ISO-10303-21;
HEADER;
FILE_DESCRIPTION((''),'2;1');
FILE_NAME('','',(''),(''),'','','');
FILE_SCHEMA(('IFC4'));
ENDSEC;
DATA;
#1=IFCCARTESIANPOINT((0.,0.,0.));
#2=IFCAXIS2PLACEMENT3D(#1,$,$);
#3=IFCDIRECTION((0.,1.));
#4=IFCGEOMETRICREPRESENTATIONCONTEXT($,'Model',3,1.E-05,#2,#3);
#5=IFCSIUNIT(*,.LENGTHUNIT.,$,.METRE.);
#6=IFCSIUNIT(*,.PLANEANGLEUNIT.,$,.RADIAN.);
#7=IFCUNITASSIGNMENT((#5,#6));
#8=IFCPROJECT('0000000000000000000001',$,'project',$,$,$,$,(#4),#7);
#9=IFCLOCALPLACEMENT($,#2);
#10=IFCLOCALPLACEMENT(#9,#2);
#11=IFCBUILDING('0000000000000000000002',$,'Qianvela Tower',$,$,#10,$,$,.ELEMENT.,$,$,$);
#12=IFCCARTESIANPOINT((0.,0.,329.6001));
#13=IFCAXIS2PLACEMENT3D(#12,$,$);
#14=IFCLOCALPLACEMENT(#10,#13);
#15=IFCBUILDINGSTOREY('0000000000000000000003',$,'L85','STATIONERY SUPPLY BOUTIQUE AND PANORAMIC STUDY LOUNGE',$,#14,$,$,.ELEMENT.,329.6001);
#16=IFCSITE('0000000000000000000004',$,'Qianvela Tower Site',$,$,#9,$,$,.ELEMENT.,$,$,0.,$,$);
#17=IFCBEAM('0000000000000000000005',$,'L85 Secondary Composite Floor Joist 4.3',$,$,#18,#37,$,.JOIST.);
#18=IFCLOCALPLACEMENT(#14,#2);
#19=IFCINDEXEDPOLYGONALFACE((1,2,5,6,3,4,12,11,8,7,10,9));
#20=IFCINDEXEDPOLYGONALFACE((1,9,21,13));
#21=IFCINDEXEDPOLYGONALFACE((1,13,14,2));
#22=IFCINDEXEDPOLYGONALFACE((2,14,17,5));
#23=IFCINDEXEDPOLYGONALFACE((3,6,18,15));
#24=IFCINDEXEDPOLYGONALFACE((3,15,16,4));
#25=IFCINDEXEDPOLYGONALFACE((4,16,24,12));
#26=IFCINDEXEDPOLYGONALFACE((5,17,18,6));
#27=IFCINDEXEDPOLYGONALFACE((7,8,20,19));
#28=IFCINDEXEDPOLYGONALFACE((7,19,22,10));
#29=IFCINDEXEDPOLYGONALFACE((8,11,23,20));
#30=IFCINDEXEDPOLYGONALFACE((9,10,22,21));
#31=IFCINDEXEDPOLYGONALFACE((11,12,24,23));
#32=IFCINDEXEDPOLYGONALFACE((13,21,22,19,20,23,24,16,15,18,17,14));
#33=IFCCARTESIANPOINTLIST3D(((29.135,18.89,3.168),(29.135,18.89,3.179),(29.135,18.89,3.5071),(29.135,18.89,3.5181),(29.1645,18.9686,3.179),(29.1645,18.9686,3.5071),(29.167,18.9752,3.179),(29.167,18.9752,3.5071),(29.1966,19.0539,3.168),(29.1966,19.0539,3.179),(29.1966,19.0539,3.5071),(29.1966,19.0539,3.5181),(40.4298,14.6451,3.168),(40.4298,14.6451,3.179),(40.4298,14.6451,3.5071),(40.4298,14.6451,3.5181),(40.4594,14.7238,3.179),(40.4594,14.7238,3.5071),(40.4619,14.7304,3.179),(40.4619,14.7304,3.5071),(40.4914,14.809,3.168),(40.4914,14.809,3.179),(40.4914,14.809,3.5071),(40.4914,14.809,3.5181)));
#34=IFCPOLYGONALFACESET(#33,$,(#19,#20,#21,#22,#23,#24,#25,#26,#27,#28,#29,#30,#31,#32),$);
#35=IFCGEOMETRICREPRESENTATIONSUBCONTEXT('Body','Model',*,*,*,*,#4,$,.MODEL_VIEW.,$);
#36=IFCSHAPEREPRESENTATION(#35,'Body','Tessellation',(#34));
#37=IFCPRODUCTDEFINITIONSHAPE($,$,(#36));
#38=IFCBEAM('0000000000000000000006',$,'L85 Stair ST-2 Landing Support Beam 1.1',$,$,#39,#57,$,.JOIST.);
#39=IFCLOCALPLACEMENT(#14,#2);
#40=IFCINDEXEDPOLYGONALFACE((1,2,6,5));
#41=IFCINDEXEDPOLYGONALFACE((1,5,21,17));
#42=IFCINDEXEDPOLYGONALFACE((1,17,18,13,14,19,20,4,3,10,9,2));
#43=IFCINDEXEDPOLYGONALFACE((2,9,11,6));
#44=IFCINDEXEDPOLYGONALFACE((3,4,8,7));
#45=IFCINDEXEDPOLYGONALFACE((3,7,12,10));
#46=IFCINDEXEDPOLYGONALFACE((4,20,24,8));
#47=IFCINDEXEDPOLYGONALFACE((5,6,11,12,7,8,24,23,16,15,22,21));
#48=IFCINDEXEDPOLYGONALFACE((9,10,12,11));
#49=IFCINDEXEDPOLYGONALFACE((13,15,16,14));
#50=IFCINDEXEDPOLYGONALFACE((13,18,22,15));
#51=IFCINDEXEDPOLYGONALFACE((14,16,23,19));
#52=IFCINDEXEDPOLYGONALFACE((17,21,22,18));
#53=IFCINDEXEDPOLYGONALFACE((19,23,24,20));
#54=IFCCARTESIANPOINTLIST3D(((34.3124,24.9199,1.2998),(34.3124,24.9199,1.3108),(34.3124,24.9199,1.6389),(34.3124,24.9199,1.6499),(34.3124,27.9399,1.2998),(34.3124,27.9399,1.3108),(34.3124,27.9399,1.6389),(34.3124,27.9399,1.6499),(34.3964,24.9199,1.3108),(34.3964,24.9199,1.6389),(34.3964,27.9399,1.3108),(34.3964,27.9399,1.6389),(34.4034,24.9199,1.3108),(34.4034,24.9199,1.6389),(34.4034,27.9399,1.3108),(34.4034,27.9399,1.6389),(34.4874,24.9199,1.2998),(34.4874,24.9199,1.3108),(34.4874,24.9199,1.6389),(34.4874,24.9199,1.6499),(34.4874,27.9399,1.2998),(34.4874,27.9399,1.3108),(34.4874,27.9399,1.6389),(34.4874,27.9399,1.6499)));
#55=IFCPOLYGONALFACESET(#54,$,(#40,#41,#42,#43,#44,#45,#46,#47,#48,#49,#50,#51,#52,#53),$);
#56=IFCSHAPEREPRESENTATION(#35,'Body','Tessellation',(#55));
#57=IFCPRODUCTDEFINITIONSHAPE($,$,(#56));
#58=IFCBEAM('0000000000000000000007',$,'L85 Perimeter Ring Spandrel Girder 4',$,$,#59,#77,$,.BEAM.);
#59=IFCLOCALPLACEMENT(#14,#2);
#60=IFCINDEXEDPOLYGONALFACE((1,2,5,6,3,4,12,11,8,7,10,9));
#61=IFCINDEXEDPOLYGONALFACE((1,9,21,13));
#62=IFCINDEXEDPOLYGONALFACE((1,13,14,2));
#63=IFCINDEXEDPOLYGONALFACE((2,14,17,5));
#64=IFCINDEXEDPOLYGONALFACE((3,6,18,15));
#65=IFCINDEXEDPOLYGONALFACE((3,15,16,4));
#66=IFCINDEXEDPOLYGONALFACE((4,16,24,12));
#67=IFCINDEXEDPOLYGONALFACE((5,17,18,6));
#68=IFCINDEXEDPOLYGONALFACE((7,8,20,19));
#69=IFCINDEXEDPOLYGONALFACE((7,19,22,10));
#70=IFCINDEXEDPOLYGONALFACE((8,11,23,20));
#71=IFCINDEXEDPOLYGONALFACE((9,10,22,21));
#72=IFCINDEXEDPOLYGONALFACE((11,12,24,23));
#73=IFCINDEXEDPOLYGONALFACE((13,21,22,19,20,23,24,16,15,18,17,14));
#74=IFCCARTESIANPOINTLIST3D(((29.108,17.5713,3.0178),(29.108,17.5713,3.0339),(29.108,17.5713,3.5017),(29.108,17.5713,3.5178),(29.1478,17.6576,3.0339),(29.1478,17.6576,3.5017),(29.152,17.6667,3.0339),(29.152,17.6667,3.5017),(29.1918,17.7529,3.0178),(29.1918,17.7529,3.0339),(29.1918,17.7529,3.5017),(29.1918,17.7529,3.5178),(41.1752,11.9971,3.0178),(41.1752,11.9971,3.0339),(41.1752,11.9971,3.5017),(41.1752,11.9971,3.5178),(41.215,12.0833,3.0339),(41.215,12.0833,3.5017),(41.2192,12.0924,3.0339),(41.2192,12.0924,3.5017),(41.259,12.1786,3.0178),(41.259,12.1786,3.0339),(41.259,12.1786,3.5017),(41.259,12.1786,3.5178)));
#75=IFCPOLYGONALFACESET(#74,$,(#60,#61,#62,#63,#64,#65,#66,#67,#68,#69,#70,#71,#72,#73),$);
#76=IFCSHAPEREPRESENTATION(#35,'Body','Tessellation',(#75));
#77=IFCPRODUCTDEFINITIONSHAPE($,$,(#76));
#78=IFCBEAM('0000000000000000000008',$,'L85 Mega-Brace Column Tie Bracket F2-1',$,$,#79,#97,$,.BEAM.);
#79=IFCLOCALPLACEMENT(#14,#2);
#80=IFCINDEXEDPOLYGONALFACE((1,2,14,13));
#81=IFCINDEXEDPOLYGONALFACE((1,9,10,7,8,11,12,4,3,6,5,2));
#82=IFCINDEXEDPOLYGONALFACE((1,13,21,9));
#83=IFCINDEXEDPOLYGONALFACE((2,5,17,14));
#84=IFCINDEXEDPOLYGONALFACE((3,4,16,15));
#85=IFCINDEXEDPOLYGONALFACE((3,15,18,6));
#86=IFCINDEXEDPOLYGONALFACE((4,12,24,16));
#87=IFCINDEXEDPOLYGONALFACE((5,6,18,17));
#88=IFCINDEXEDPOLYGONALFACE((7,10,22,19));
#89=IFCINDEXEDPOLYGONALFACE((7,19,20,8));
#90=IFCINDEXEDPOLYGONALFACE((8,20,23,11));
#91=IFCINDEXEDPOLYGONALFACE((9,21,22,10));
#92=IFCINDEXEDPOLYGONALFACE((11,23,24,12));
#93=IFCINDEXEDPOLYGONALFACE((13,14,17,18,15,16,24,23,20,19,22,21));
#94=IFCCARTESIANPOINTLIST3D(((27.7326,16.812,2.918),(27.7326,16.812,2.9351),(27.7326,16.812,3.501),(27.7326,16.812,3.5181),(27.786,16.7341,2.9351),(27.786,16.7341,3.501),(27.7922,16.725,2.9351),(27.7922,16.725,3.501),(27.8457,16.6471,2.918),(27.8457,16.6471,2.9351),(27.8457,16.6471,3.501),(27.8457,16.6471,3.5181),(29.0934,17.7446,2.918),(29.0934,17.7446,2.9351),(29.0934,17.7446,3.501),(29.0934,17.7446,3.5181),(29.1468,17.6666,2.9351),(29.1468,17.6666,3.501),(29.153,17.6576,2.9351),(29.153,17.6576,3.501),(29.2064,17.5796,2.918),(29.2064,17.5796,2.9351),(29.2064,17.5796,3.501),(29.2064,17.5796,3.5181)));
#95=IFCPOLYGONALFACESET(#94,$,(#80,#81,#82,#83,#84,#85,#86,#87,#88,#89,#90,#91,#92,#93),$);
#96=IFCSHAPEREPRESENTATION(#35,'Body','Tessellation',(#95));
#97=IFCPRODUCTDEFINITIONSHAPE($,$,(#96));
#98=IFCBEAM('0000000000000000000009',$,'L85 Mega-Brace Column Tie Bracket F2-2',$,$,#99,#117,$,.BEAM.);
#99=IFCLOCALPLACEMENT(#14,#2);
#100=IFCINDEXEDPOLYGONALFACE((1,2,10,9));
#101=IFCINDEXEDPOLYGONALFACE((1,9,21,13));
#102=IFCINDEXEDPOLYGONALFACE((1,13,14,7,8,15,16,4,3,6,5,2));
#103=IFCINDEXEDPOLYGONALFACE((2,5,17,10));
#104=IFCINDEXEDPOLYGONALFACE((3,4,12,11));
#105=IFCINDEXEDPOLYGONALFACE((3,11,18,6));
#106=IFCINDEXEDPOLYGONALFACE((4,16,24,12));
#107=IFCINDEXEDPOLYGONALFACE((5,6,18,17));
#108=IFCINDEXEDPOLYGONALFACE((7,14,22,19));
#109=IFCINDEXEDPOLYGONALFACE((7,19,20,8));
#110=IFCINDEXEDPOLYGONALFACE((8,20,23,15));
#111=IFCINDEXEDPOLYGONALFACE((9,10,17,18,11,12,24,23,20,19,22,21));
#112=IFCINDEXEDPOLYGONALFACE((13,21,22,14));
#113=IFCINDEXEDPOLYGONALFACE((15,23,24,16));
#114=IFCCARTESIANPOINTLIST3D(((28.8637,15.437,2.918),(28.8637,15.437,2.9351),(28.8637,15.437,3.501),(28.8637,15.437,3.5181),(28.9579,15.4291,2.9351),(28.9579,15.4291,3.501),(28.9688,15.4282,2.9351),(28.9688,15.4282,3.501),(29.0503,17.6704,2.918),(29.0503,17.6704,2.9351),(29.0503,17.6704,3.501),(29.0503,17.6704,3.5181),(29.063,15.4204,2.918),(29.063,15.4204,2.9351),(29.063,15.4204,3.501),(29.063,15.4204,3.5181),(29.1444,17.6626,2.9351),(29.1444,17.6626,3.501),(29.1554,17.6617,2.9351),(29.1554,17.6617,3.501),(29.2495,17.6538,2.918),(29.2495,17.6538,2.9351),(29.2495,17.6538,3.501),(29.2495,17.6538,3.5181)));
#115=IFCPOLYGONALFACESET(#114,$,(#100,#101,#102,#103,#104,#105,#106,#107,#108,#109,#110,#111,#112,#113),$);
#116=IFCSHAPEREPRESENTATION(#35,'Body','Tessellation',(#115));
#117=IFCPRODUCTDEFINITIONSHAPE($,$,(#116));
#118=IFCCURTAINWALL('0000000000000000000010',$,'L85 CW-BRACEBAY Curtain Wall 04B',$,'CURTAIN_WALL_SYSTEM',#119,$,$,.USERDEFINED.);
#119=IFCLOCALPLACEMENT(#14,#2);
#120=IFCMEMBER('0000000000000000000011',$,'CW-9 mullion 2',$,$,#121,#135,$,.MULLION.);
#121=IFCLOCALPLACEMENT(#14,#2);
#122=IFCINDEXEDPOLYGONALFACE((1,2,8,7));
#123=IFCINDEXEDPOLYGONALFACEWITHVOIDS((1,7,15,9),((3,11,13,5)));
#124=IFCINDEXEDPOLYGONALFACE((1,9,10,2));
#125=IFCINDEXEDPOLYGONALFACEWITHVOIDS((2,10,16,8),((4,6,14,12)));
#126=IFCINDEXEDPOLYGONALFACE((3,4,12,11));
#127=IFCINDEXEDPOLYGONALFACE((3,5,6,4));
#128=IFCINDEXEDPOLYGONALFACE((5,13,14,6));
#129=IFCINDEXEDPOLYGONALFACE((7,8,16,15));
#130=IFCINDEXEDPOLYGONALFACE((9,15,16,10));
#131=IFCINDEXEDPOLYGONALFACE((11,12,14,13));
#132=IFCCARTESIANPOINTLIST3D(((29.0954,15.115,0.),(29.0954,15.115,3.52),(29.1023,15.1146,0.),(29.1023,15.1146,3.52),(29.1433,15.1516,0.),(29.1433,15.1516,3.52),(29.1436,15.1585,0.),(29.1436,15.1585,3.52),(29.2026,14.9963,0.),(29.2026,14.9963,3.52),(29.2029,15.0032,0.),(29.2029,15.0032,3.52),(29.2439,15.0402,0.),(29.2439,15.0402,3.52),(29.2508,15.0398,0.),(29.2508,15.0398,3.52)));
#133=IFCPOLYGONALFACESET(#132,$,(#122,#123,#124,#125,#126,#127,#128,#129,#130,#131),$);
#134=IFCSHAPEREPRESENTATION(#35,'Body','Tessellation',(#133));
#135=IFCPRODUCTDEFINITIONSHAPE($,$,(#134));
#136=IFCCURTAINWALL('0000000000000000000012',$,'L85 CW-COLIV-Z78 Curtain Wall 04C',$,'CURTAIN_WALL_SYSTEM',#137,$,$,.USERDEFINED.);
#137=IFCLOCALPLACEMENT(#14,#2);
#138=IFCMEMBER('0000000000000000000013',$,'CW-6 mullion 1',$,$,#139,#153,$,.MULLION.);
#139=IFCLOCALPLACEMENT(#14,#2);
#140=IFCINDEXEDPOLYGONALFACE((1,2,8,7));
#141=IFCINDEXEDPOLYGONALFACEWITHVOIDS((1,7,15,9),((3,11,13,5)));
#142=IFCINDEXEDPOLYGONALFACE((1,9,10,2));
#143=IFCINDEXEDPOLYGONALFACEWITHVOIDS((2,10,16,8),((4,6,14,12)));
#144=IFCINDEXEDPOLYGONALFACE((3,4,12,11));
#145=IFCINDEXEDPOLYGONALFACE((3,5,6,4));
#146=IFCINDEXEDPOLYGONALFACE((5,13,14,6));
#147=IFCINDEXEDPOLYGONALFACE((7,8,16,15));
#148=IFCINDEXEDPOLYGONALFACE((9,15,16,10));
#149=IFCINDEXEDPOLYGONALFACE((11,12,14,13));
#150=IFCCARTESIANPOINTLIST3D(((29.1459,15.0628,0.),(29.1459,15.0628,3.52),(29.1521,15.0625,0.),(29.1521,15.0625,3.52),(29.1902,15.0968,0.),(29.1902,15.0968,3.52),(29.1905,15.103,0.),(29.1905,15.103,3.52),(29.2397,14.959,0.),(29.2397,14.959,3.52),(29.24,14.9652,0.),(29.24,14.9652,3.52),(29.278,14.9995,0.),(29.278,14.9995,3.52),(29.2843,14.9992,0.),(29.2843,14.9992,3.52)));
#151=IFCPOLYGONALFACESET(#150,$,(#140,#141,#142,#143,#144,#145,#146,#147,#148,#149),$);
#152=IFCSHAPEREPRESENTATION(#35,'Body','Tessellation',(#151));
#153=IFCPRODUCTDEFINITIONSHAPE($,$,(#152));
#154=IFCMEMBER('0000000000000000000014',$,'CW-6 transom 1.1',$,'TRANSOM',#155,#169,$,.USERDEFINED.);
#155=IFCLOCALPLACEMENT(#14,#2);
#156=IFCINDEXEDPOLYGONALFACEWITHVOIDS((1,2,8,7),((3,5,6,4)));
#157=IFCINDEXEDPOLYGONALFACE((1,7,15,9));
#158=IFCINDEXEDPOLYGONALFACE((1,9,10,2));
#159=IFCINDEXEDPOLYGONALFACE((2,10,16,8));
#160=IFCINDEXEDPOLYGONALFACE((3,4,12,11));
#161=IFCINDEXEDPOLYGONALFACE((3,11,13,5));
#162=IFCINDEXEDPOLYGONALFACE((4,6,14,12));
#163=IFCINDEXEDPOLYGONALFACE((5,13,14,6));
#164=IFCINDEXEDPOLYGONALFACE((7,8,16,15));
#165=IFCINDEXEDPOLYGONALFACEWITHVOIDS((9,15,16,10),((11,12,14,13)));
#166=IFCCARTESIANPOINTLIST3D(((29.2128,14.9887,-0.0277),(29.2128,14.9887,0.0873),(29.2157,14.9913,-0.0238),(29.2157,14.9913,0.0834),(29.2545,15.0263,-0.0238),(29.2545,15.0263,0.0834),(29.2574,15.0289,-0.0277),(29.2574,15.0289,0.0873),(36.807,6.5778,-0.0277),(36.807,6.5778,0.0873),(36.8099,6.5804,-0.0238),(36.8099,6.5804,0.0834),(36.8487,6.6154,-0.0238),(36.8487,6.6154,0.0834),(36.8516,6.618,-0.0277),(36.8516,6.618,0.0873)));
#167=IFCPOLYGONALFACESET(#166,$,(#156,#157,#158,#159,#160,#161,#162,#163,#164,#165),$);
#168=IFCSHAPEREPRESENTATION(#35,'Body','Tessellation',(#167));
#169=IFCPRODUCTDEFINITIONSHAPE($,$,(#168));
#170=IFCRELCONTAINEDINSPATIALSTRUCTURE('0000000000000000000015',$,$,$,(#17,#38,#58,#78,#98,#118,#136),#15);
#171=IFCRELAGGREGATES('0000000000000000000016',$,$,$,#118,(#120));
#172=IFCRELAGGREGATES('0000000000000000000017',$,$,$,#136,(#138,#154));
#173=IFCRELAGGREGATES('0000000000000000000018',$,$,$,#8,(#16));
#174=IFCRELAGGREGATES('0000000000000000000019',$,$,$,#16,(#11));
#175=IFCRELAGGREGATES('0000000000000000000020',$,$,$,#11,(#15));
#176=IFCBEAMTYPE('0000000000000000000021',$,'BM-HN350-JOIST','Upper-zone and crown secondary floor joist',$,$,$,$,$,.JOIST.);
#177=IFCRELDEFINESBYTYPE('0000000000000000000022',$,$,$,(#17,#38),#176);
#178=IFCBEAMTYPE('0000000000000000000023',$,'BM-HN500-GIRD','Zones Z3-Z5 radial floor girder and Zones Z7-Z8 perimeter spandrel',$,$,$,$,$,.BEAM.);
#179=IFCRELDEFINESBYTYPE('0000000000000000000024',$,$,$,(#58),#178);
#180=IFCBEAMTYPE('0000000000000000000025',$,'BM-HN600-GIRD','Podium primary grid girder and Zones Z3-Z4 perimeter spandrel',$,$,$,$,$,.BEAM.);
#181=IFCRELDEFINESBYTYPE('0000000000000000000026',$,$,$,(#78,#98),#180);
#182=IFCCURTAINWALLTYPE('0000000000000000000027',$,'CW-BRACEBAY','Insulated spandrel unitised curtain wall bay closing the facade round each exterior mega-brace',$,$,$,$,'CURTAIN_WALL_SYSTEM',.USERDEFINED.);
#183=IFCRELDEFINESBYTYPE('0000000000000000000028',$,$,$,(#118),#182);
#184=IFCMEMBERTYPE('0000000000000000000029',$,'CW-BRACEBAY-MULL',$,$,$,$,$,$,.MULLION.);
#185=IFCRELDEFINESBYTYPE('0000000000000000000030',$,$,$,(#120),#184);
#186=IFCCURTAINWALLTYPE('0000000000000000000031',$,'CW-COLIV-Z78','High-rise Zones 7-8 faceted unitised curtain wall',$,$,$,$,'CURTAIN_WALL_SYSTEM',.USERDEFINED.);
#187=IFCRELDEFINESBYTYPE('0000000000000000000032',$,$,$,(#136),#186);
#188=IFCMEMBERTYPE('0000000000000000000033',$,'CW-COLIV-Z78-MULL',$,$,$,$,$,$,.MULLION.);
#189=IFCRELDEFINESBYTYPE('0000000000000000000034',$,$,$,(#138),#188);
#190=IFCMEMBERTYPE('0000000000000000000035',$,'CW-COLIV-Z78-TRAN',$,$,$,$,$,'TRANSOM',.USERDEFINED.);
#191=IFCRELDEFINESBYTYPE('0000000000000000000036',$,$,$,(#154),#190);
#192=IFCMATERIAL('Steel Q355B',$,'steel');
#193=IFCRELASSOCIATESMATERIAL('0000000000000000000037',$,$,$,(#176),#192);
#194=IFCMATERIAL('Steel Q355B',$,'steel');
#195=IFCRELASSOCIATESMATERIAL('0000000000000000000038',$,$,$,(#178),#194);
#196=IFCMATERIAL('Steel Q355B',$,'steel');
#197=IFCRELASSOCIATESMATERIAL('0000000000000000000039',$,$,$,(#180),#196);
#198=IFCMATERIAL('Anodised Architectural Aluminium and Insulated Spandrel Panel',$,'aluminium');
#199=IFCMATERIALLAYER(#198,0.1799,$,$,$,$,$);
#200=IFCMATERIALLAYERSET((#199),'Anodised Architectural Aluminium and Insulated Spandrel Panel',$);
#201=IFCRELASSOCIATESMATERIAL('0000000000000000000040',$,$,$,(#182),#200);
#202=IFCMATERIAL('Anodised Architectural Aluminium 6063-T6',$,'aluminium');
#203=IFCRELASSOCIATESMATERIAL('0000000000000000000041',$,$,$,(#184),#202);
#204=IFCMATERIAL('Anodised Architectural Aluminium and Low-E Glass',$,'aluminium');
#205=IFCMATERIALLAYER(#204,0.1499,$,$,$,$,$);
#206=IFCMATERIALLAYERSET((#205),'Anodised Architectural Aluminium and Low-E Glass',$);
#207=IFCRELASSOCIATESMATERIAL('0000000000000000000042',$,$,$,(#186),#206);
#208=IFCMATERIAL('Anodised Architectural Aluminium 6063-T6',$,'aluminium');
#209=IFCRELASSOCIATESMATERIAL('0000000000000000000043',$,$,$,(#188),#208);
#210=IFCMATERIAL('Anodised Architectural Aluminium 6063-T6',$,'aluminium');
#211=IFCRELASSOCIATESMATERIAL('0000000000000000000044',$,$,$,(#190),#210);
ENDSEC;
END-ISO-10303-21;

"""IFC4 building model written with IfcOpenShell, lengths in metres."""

from ifc_helpers import new_model, si_unit, direction, frame, origin, origin_2d, place, context, subcontext, project, spatial, hollow_rectangle, i_section, extrude, material, layer, layer_set, material_profile, profile_set, type_object, element, aggregate, save


model = new_model("IFC4")

# Units and contexts
model_context = context("Model", 3, precision=1e-05, world=origin(), true_north=direction((0.0, 1.0)))
body_context = subcontext(model_context, "Body", "Model", "MODEL_VIEW")
ifc_project = project(units=[si_unit("LENGTHUNIT", "METRE"), si_unit("PLANEANGLEUNIT", "RADIAN")], contexts=[model_context])

# Site, building, storey
site_placement = place(None, origin())
site = spatial("IfcSite", under=ifc_project, at=site_placement, Name="Qianvela Tower Site", CompositionType="ELEMENT", RefElevation=0.0)
building_placement = place(site_placement, origin())
building = spatial("IfcBuilding", under=site, at=building_placement, Name="Qianvela Tower", CompositionType="ELEMENT")
storey_placement = place(building_placement, frame((0.0, 0.0, 329.6001)))
storey = spatial("IfcBuildingStorey", under=building, at=storey_placement, Name="L85", Description="STATIONERY SUPPLY BOUTIQUE AND PANORAMIC STUDY LOUNGE", CompositionType="ELEMENT", Elevation=329.6001)

# Beams
ifc_material_1 = material(Name="Steel Q355B", Category="steel")
ifc_material_profile_1 = material_profile(ifc_material_1, i_section(OverallWidth=0.175, OverallDepth=0.3501, WebThickness=0.0071, FlangeThickness=0.011, at=origin_2d()), Name="HN350x175x7x11")
ifc_profile_set_1 = profile_set([ifc_material_profile_1], Name="Steel Q355B")
beam_type_1 = type_object("IfcBeamType", Name="BM-HN350-JOIST", Description="Upper-zone and crown secondary floor joist", PredefinedType="JOIST", material=ifc_profile_set_1)
beam_1_placement = place(storey_placement, frame((29.1658, 18.9719, 3.343), z_axis=(0.936076, -0.351797, 0.0), x_axis=(0.351797, 0.936076, 0.0)))
element("IfcBeam", 1, at=beam_1_placement, inside=storey, type_object=beam_type_1, Name="L85 Secondary Composite Floor Joist 4.3", PredefinedType="JOIST", context=body_context, shape_type="SweptSolid", body=[
    extrude(i_section(OverallWidth=0.175, OverallDepth=0.3501, WebThickness=0.0071, FlangeThickness=0.011, at=origin_2d()), origin(), (0.0, 0.0, 1.0), 12.0662),
])
beam_2_placement = place(storey_placement, frame((34.3999, 24.9199, 1.4749), z_axis=(0.0, 1.0, 0.0), x_axis=(-1.0, 0.0, 0.0)))
element("IfcBeam", 2, at=beam_2_placement, inside=storey, type_object=beam_type_1, Name="L85 Stair ST-2 Landing Support Beam 1.1", PredefinedType="JOIST", context=body_context, shape_type="SweptSolid", body=[
    extrude(i_section(OverallWidth=0.175, OverallDepth=0.3501, WebThickness=0.0071, FlangeThickness=0.011, at=origin_2d()), origin(), (0.0, 0.0, 1.0), 3.02),
])
ifc_material_2 = material(Name="Steel Q355B", Category="steel")
ifc_material_profile_2 = material_profile(ifc_material_2, i_section(OverallWidth=0.2, OverallDepth=0.5, WebThickness=0.01, FlangeThickness=0.0161, at=origin_2d()), Name="HN500x200x10x16")
ifc_profile_set_2 = profile_set([ifc_material_profile_2], Name="Steel Q355B")
beam_type_2 = type_object("IfcBeamType", Name="BM-HN500-GIRD", Description="Zones Z3-Z5 radial floor girder and Zones Z7-Z8 perimeter spandrel", PredefinedType="BEAM", material=ifc_profile_set_2)
beam_3_placement = place(storey_placement, frame((29.1499, 17.6621, 3.2678), z_axis=(0.907823, -0.419354, 0.0), x_axis=(0.419354, 0.907823, 0.0)))
element("IfcBeam", 3, at=beam_3_placement, inside=storey, type_object=beam_type_2, Name="L85 Perimeter Ring Spandrel Girder 4", PredefinedType="BEAM", context=body_context, shape_type="SweptSolid", body=[
    extrude(i_section(OverallWidth=0.2, OverallDepth=0.5, WebThickness=0.01, FlangeThickness=0.0161, at=origin_2d()), origin(), (0.0, 0.0, 1.0), 13.2925),
])
ifc_material_3 = material(Name="Steel Q355B", Category="steel")
ifc_material_profile_3 = material_profile(ifc_material_3, i_section(OverallWidth=0.2, OverallDepth=0.6001, WebThickness=0.011, FlangeThickness=0.0171, at=origin_2d()), Name="HN600x200x11x17")
ifc_profile_set_3 = profile_set([ifc_material_profile_3], Name="Steel Q355B")
beam_type_3 = type_object("IfcBeamType", Name="BM-HN600-GIRD", Description="Podium primary grid girder and Zones Z3-Z4 perimeter spandrel", PredefinedType="BEAM", material=ifc_profile_set_3)
beam_4_placement = place(storey_placement, frame((29.1499, 17.6621, 3.218), z_axis=(-0.824879, -0.56531, 0.0), x_axis=(0.56531, -0.824879, 0.0)))
element("IfcBeam", 4, at=beam_4_placement, inside=storey, type_object=beam_type_3, Name="L85 Mega-Brace Column Tie Bracket F2-1", PredefinedType="BEAM", context=body_context, shape_type="SweptSolid", body=[
    extrude(i_section(OverallWidth=0.2, OverallDepth=0.6001, WebThickness=0.011, FlangeThickness=0.0171, at=origin_2d()), origin(), (0.0, 0.0, 1.0), 1.6497),
])
beam_5_placement = place(storey_placement, frame((29.1499, 17.6621, 3.218), z_axis=(-0.083226, -0.996531, 0.0), x_axis=(0.996531, -0.083226, 0.0)))
element("IfcBeam", 5, at=beam_5_placement, inside=storey, type_object=beam_type_3, Name="L85 Mega-Brace Column Tie Bracket F2-2", PredefinedType="BEAM", context=body_context, shape_type="SweptSolid", body=[
    extrude(i_section(OverallWidth=0.2, OverallDepth=0.6001, WebThickness=0.011, FlangeThickness=0.0171, at=origin_2d()), origin(), (0.0, 0.0, 1.0), 2.2412),
])

# Curtain wall, member
ifc_material_4 = material(Name="Anodised Architectural Aluminium and Insulated Spandrel Panel", Category="aluminium")
ifc_layer_1 = layer(ifc_material_4, 0.1799)
ifc_layer_set_1 = layer_set([ifc_layer_1], Name="Anodised Architectural Aluminium and Insulated Spandrel Panel")
curtain_wall_type_1 = type_object("IfcCurtainWallType", Name="CW-BRACEBAY", Description="Insulated spandrel unitised curtain wall bay closing the facade round each exterior mega-brace", ElementType="CURTAIN_WALL_SYSTEM", PredefinedType="USERDEFINED", material=ifc_layer_set_1)
curtain_wall_1_placement = place(storey_placement, origin())
curtain_wall_1 = element("IfcCurtainWall", 6, at=curtain_wall_1_placement, inside=storey, type_object=curtain_wall_type_1, Name="L85 CW-BRACEBAY Curtain Wall 04B", ObjectType="CURTAIN_WALL_SYSTEM", PredefinedType="USERDEFINED")
ifc_material_5 = material(Name="Anodised Architectural Aluminium 6063-T6", Category="aluminium")
ifc_material_profile_4 = material_profile(ifc_material_5, hollow_rectangle(XDim=0.0649, YDim=0.1599, WallThickness=0.0049, at=origin_2d()), Name="ALU-MULL-65x160")
ifc_profile_set_4 = profile_set([ifc_material_profile_4], Name="Anodised Architectural Aluminium 6063-T6")
member_type_1 = type_object("IfcMemberType", Name="CW-BRACEBAY-MULL", PredefinedType="MULLION", material=ifc_profile_set_4)
member_1_placement = place(storey_placement, frame((29.1731, 15.0774, 0.0), z_axis=(0.0, 0.0, 1.0), x_axis=(0.742204, 0.670174, 0.0)))
member_1 = element("IfcMember", 7, at=member_1_placement, type_object=member_type_1, Name="CW-9 mullion 2", PredefinedType="MULLION", context=body_context, shape_type="SweptSolid", body=[
    extrude(hollow_rectangle(XDim=0.0649, YDim=0.1599, WallThickness=0.0049, at=origin_2d()), origin(), (0.0, 0.0, 1.0), 3.52),
])
aggregate(curtain_wall_1, [member_1])

# Curtain wall, members
ifc_material_6 = material(Name="Anodised Architectural Aluminium and Low-E Glass", Category="aluminium")
ifc_layer_2 = layer(ifc_material_6, 0.1499)
ifc_layer_set_2 = layer_set([ifc_layer_2], Name="Anodised Architectural Aluminium and Low-E Glass")
curtain_wall_type_2 = type_object("IfcCurtainWallType", Name="CW-COLIV-Z78", Description="High-rise Zones 7-8 faceted unitised curtain wall", ElementType="CURTAIN_WALL_SYSTEM", PredefinedType="USERDEFINED", material=ifc_layer_set_2)
curtain_wall_2_placement = place(storey_placement, origin())
curtain_wall_2 = element("IfcCurtainWall", 8, at=curtain_wall_2_placement, inside=storey, type_object=curtain_wall_type_2, Name="L85 CW-COLIV-Z78 Curtain Wall 04C", ObjectType="CURTAIN_WALL_SYSTEM", PredefinedType="USERDEFINED")
ifc_material_7 = material(Name="Anodised Architectural Aluminium 6063-T6", Category="aluminium")
ifc_material_profile_5 = material_profile(ifc_material_7, hollow_rectangle(XDim=0.0601, YDim=0.1399, WallThickness=0.0044, at=origin_2d()), Name="ALU-MULL-60x140")
ifc_profile_set_5 = profile_set([ifc_material_profile_5], Name="Anodised Architectural Aluminium 6063-T6")
member_type_2 = type_object("IfcMemberType", Name="CW-COLIV-Z78-MULL", PredefinedType="MULLION", material=ifc_profile_set_5)
member_2_placement = place(storey_placement, frame((29.2151, 15.031, 0.0), z_axis=(0.0, 0.0, 1.0), x_axis=(0.742213, 0.670164, 0.0)))
member_2 = element("IfcMember", 9, at=member_2_placement, type_object=member_type_2, Name="CW-6 mullion 1", PredefinedType="MULLION", context=body_context, shape_type="SweptSolid", body=[
    extrude(hollow_rectangle(XDim=0.0601, YDim=0.1399, WallThickness=0.0044, at=origin_2d()), origin(), (0.0, 0.0, 1.0), 3.52),
])
ifc_material_8 = material(Name="Anodised Architectural Aluminium 6063-T6", Category="aluminium")
ifc_material_profile_6 = material_profile(ifc_material_8, hollow_rectangle(XDim=0.0601, YDim=0.115, WallThickness=0.0039, at=origin_2d()), Name="ALU-TRAN-60x115")
ifc_profile_set_6 = profile_set([ifc_material_profile_6], Name="Anodised Architectural Aluminium 6063-T6")
member_type_3 = type_object("IfcMemberType", Name="CW-COLIV-Z78-TRAN", ElementType="TRANSOM", PredefinedType="USERDEFINED", material=ifc_profile_set_6)
member_3_placement = place(storey_placement, frame((29.2351, 15.0088, 0.0298), z_axis=(0.670155, -0.742221, 0.0), x_axis=(0.742221, 0.670155, 0.0)))
member_3 = element("IfcMember", 10, at=member_3_placement, type_object=member_type_3, Name="CW-6 transom 1.1", ObjectType="TRANSOM", PredefinedType="USERDEFINED", context=body_context, shape_type="SweptSolid", body=[
    extrude(hollow_rectangle(XDim=0.0601, YDim=0.115, WallThickness=0.0039, at=origin_2d()), origin(), (0.0, 0.0, 1.0), 11.332),
])

aggregate(curtain_wall_2, [member_2, member_3])

save(model, "model.ifc")
